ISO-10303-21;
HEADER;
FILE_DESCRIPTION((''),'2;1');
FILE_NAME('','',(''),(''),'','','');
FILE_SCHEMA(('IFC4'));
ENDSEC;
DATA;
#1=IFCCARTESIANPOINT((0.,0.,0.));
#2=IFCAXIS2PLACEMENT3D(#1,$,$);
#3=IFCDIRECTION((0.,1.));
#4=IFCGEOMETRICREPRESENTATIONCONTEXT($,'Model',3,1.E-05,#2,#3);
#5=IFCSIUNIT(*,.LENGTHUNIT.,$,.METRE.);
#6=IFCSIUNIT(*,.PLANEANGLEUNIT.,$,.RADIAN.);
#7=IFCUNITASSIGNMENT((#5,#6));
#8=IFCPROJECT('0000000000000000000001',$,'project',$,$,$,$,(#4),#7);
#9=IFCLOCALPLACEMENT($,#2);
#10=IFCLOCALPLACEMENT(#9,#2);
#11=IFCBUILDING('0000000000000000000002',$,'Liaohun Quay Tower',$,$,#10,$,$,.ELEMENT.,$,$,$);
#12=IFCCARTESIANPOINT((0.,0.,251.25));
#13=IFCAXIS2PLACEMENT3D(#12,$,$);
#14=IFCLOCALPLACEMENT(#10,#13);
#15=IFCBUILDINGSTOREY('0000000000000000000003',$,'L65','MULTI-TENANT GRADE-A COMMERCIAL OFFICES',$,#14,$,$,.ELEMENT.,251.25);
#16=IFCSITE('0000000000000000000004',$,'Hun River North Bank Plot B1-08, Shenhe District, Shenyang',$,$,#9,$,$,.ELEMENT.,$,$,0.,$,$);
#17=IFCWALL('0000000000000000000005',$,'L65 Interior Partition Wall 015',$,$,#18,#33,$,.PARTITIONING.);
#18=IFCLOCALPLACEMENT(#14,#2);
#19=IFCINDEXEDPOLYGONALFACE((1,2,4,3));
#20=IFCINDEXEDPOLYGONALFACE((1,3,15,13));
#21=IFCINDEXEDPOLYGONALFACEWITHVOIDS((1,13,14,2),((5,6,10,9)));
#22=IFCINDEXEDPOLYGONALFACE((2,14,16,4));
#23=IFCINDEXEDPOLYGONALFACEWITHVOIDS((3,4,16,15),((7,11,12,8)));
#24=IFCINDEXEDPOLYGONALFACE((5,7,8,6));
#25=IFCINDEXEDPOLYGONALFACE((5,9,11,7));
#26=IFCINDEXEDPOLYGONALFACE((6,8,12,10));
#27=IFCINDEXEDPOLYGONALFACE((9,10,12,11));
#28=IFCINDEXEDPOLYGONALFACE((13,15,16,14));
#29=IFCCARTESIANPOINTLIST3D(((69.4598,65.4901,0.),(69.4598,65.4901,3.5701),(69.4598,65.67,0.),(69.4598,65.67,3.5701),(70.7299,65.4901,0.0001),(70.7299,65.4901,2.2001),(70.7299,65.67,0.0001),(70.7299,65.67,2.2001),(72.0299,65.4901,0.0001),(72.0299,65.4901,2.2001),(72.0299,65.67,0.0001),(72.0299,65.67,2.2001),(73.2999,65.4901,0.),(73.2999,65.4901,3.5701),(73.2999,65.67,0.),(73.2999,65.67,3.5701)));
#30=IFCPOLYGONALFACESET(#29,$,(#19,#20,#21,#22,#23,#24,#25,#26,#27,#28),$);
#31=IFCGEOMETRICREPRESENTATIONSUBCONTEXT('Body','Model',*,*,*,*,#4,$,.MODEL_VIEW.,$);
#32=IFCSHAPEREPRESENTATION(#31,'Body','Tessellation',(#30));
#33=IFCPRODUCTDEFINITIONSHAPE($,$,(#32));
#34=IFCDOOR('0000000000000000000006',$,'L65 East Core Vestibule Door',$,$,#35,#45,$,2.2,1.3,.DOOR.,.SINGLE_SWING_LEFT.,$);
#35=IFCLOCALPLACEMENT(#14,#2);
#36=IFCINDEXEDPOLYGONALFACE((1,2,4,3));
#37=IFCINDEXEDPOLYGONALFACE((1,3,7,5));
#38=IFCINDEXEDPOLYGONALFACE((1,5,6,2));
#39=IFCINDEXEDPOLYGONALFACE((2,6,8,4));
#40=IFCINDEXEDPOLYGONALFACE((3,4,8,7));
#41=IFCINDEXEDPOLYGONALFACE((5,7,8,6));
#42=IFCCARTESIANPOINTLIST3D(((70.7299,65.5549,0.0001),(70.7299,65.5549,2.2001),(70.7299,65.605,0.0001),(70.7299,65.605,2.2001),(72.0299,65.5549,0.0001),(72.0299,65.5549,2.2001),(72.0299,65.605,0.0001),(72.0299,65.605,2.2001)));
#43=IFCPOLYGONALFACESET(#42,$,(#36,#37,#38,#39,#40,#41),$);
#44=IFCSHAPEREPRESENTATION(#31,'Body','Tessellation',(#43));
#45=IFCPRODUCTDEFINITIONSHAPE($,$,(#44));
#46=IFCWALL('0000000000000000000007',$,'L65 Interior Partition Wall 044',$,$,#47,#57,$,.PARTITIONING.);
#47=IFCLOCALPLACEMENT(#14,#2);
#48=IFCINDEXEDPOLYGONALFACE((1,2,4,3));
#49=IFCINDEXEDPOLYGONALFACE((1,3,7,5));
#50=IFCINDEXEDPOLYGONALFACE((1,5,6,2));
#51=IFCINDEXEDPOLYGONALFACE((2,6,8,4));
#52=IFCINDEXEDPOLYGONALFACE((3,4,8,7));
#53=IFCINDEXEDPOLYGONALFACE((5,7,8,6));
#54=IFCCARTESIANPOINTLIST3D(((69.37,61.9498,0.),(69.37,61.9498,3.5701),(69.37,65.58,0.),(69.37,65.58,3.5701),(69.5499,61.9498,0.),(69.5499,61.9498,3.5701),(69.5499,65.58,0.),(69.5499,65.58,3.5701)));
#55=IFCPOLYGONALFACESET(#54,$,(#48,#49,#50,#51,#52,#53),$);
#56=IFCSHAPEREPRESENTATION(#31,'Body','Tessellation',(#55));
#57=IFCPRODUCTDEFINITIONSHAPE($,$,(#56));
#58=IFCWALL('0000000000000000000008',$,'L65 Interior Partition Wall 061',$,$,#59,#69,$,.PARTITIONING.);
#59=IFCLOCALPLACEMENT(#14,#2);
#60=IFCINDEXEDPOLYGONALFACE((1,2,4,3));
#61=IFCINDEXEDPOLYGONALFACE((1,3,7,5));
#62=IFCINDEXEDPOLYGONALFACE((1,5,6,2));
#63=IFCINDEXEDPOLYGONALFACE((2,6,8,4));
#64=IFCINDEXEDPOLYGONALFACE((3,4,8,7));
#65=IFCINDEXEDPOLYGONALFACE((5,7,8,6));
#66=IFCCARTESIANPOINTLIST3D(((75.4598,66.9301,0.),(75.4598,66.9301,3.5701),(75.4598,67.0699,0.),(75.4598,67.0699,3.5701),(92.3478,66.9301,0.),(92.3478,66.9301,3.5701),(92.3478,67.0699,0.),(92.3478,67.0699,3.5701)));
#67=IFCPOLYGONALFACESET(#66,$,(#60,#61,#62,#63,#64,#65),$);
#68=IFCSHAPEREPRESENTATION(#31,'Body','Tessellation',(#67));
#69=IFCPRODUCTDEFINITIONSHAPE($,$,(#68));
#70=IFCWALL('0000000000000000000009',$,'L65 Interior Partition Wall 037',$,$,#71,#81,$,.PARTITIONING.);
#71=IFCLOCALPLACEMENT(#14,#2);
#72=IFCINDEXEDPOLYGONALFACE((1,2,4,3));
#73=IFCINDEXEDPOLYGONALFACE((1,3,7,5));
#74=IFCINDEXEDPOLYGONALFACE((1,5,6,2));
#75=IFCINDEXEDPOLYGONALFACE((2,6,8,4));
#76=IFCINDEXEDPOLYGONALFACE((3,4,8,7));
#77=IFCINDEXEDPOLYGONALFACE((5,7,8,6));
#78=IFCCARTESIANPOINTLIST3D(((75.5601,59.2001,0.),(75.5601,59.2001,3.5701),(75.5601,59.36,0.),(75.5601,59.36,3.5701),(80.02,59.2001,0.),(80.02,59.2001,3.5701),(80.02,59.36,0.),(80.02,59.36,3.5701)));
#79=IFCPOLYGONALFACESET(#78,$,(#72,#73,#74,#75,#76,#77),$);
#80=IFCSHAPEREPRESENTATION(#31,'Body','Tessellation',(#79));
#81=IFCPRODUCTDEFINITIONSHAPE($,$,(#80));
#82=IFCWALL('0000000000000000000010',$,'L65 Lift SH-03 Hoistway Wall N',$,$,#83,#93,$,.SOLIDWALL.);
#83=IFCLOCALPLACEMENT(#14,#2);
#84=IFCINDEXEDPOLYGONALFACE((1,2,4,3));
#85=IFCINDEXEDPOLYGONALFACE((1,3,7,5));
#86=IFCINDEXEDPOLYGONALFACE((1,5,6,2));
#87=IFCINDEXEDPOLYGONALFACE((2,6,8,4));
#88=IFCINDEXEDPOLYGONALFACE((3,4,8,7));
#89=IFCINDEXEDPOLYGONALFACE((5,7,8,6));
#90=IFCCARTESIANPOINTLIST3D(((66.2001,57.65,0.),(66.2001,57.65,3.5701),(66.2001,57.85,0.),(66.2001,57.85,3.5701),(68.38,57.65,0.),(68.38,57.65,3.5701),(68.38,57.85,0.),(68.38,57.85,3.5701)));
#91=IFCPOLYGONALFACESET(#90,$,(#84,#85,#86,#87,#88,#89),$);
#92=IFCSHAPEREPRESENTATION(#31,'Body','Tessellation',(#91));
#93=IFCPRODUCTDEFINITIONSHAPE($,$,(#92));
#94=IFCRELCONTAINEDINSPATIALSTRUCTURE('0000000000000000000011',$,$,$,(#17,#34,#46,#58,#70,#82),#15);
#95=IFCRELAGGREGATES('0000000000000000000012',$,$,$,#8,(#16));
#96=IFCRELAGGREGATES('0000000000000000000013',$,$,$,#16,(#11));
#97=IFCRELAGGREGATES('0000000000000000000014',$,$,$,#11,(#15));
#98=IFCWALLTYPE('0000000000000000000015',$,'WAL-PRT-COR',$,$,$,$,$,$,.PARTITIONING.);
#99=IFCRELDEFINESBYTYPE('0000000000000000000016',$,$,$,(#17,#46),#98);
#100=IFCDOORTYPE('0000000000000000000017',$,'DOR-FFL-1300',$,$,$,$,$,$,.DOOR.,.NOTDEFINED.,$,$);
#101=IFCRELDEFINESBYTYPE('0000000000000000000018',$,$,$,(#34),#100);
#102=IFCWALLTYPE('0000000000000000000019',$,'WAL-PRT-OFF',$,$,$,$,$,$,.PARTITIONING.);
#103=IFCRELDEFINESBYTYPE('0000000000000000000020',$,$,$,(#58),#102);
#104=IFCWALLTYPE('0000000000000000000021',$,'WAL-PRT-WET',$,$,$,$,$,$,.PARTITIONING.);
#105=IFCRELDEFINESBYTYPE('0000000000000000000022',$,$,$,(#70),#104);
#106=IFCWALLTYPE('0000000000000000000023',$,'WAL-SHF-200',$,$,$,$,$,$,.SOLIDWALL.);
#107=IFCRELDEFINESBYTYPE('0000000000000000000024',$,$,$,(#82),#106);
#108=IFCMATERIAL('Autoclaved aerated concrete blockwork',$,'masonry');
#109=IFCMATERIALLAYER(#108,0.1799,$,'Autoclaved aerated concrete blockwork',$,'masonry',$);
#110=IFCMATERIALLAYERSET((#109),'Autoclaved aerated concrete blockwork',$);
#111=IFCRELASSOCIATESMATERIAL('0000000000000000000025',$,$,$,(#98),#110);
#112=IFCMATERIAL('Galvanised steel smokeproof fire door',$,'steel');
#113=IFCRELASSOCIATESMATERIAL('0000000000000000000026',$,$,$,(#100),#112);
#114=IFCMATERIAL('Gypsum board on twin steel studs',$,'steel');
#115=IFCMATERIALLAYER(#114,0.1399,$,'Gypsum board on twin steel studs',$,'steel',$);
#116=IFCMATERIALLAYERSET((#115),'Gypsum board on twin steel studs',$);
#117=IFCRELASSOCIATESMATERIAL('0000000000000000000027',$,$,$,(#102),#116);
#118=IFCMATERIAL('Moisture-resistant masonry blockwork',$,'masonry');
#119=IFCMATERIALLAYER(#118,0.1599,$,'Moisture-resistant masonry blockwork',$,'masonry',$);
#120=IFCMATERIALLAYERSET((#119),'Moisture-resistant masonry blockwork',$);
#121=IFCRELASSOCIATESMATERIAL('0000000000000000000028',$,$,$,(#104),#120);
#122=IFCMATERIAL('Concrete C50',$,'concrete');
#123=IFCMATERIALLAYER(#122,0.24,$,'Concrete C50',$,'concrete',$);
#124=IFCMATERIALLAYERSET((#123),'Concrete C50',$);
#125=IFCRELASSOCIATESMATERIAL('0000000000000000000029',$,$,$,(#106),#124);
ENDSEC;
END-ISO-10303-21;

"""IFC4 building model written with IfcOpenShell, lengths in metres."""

from ifc_helpers import new_model, si_unit, direction, frame, frame_2d, origin, place, context, subcontext, project, spatial, rectangle, extrude, source, transform, mapped, material, layer, layer_set, type_object, element, fill, save


model = new_model("IFC4")

# Units and contexts
model_context = context("Model", 3, precision=1e-05, world=origin(), true_north=direction((0.0, 1.0)))
body_context = subcontext(model_context, "Body", "Model", "MODEL_VIEW")
ifc_project = project(units=[si_unit("LENGTHUNIT", "METRE"), si_unit("PLANEANGLEUNIT", "RADIAN")], contexts=[model_context])

# Site, building, storey
site_placement = place(None, origin())
site = spatial("IfcSite", under=ifc_project, at=site_placement, Name="Hun River North Bank Plot B1-08, Shenhe District, Shenyang", CompositionType="ELEMENT", RefElevation=0.0)
building_placement = place(site_placement, origin())
building = spatial("IfcBuilding", under=site, at=building_placement, Name="Liaohun Quay Tower", CompositionType="ELEMENT")
storey_placement = place(building_placement, frame((0.0, 0.0, 251.25)))
storey = spatial("IfcBuildingStorey", under=building, at=storey_placement, Name="L65", Description="MULTI-TENANT GRADE-A COMMERCIAL OFFICES", CompositionType="ELEMENT", Elevation=251.25)

# Wall, opening, door
ifc_material_1 = material(Name="Autoclaved aerated concrete blockwork", Category="masonry")
ifc_layer_1 = layer(ifc_material_1, 0.1799, Name="Autoclaved aerated concrete blockwork", Category="masonry")
ifc_layer_set_1 = layer_set([ifc_layer_1], Name="Autoclaved aerated concrete blockwork")
wall_type_1 = type_object("IfcWallType", Name="WAL-PRT-COR", PredefinedType="PARTITIONING", material=ifc_layer_set_1)
wall_1_placement = place(storey_placement, frame((69.46, 65.5801, 0.0), z_axis=(0.0, 0.0, 1.0), x_axis=(1.0, 0.0, 0.0)))
wall_1 = element("IfcWall", 1, at=wall_1_placement, inside=storey, type_object=wall_type_1, Name="L65 Interior Partition Wall 015", PredefinedType="PARTITIONING", context=body_context, shape_type="SweptSolid", body=[
    extrude(rectangle(XDim=3.8401, YDim=0.1799, at=frame_2d((1.9199, 0.0))), origin(), (0.0, 0.0, 1.0), 3.5701),
])
shared_shape_1 = source(origin(), body_context, "Body", "SweptSolid", [
    extrude(rectangle(XDim=1.3, YDim=2.2, at=frame_2d((0.6499, 1.1001))), frame((0.0, 0.0999, 0.0), z_axis=(0.0, -1.0, 0.0), x_axis=(1.0, 0.0, 0.0)), (0.0, 0.0, 1.0), 0.2),
])
opening_1_placement = place(wall_1_placement, frame((1.27, 0.0, 0.0)))
opening_1 = element("IfcOpeningElement", 2, at=opening_1_placement, cuts=wall_1, PredefinedType="OPENING", context=body_context, shape_type="MappedRepresentation", body=[
    mapped(shared_shape_1, transform((0.0, 0.0, 0.0), x_axis=(1.0, 0.0, 0.0), y_axis=(0.0, 1.0, 0.0), z_axis=(0.0, 0.0, 1.0), scale=1.0)),
])
ifc_material_2 = material(Name="Galvanised steel smokeproof fire door", Category="steel")
door_type_1 = type_object("IfcDoorType", Name="DOR-FFL-1300", OperationType="NOTDEFINED", PredefinedType="DOOR", material=ifc_material_2)
shared_shape_2 = source(origin(), body_context, "Body", "SweptSolid", [
    extrude(rectangle(XDim=1.3, YDim=2.2, at=frame_2d((0.6499, 1.1001))), frame((0.0, 0.0249, 0.0), z_axis=(0.0, -1.0, 0.0), x_axis=(1.0, 0.0, 0.0)), (0.0, 0.0, 1.0), 0.05),
])
door_1_placement = place(opening_1_placement, origin())
door_1 = element("IfcDoor", 3, at=door_1_placement, inside=storey, type_object=door_type_1, Name="L65 East Core Vestibule Door", OperationType="SINGLE_SWING_LEFT", OverallHeight=2.2, OverallWidth=1.3, PredefinedType="DOOR", context=body_context, shape_type="MappedRepresentation", body=[
    mapped(shared_shape_2, transform((0.0, 0.0, 0.0), x_axis=(1.0, 0.0, 0.0), y_axis=(0.0, 1.0, 0.0), z_axis=(0.0, 0.0, 1.0), scale=1.0)),
])
fill(opening_1, door_1)

# Walls
wall_2_placement = place(storey_placement, frame((69.46, 61.95, 0.0), z_axis=(0.0, 0.0, 1.0), x_axis=(0.0, 1.0, 0.0)))
element("IfcWall", 4, at=wall_2_placement, inside=storey, type_object=wall_type_1, Name="L65 Interior Partition Wall 044", PredefinedType="PARTITIONING", context=body_context, shape_type="SweptSolid", body=[
    extrude(rectangle(XDim=3.6301, YDim=0.1799, at=frame_2d((1.8149, 0.0))), origin(), (0.0, 0.0, 1.0), 3.5701),
])
ifc_material_3 = material(Name="Gypsum board on twin steel studs", Category="steel")
ifc_layer_2 = layer(ifc_material_3, 0.1399, Name="Gypsum board on twin steel studs", Category="steel")
ifc_layer_set_2 = layer_set([ifc_layer_2], Name="Gypsum board on twin steel studs")
wall_type_2 = type_object("IfcWallType", Name="WAL-PRT-OFF", PredefinedType="PARTITIONING", material=ifc_layer_set_2)
wall_3_placement = place(storey_placement, frame((75.46, 67.0, 0.0), z_axis=(0.0, 0.0, 1.0), x_axis=(1.0, 0.0, 0.0)))
element("IfcWall", 5, at=wall_3_placement, inside=storey, type_object=wall_type_2, Name="L65 Interior Partition Wall 061", PredefinedType="PARTITIONING", context=body_context, shape_type="SweptSolid", body=[
    extrude(rectangle(XDim=16.8879, YDim=0.1399, at=frame_2d((8.4438, 0.0))), origin(), (0.0, 0.0, 1.0), 3.5701),
])

# Shared definitions
ifc_material_4 = material(Name="Moisture-resistant masonry blockwork", Category="masonry")
ifc_layer_3 = layer(ifc_material_4, 0.1599, Name="Moisture-resistant masonry blockwork", Category="masonry")
ifc_layer_set_3 = layer_set([ifc_layer_3], Name="Moisture-resistant masonry blockwork")
wall_type_3 = type_object("IfcWallType", Name="WAL-PRT-WET", PredefinedType="PARTITIONING", material=ifc_layer_set_3)

# Walls
wall_4_placement = place(storey_placement, frame((75.5601, 59.28, 0.0), z_axis=(0.0, 0.0, 1.0), x_axis=(1.0, 0.0, 0.0)))
element("IfcWall", 6, at=wall_4_placement, inside=storey, type_object=wall_type_3, Name="L65 Interior Partition Wall 037", PredefinedType="PARTITIONING", context=body_context, shape_type="SweptSolid", body=[
    extrude(rectangle(XDim=4.46, YDim=0.1599, at=frame_2d((2.23, 0.0))), origin(), (0.0, 0.0, 1.0), 3.5701),
])
ifc_material_5 = material(Name="Concrete C50", Category="concrete")
ifc_layer_4 = layer(ifc_material_5, 0.24, Name="Concrete C50", Category="concrete")
ifc_layer_set_4 = layer_set([ifc_layer_4], Name="Concrete C50")
wall_type_4 = type_object("IfcWallType", Name="WAL-SHF-200", PredefinedType="SOLIDWALL", material=ifc_layer_set_4)
wall_5_placement = place(storey_placement, frame((68.3799, 57.75, 0.0), z_axis=(0.0, 0.0, 1.0), x_axis=(-1.0, 0.0, 0.0)))
element("IfcWall", 7, at=wall_5_placement, inside=storey, type_object=wall_type_4, Name="L65 Lift SH-03 Hoistway Wall N", PredefinedType="SOLIDWALL", context=body_context, shape_type="SweptSolid", body=[
    extrude(rectangle(XDim=2.1799, YDim=0.2, at=frame_2d((1.0898, 0.0))), origin(), (0.0, 0.0, 1.0), 3.5701),
])

save(model, "model.ifc")
